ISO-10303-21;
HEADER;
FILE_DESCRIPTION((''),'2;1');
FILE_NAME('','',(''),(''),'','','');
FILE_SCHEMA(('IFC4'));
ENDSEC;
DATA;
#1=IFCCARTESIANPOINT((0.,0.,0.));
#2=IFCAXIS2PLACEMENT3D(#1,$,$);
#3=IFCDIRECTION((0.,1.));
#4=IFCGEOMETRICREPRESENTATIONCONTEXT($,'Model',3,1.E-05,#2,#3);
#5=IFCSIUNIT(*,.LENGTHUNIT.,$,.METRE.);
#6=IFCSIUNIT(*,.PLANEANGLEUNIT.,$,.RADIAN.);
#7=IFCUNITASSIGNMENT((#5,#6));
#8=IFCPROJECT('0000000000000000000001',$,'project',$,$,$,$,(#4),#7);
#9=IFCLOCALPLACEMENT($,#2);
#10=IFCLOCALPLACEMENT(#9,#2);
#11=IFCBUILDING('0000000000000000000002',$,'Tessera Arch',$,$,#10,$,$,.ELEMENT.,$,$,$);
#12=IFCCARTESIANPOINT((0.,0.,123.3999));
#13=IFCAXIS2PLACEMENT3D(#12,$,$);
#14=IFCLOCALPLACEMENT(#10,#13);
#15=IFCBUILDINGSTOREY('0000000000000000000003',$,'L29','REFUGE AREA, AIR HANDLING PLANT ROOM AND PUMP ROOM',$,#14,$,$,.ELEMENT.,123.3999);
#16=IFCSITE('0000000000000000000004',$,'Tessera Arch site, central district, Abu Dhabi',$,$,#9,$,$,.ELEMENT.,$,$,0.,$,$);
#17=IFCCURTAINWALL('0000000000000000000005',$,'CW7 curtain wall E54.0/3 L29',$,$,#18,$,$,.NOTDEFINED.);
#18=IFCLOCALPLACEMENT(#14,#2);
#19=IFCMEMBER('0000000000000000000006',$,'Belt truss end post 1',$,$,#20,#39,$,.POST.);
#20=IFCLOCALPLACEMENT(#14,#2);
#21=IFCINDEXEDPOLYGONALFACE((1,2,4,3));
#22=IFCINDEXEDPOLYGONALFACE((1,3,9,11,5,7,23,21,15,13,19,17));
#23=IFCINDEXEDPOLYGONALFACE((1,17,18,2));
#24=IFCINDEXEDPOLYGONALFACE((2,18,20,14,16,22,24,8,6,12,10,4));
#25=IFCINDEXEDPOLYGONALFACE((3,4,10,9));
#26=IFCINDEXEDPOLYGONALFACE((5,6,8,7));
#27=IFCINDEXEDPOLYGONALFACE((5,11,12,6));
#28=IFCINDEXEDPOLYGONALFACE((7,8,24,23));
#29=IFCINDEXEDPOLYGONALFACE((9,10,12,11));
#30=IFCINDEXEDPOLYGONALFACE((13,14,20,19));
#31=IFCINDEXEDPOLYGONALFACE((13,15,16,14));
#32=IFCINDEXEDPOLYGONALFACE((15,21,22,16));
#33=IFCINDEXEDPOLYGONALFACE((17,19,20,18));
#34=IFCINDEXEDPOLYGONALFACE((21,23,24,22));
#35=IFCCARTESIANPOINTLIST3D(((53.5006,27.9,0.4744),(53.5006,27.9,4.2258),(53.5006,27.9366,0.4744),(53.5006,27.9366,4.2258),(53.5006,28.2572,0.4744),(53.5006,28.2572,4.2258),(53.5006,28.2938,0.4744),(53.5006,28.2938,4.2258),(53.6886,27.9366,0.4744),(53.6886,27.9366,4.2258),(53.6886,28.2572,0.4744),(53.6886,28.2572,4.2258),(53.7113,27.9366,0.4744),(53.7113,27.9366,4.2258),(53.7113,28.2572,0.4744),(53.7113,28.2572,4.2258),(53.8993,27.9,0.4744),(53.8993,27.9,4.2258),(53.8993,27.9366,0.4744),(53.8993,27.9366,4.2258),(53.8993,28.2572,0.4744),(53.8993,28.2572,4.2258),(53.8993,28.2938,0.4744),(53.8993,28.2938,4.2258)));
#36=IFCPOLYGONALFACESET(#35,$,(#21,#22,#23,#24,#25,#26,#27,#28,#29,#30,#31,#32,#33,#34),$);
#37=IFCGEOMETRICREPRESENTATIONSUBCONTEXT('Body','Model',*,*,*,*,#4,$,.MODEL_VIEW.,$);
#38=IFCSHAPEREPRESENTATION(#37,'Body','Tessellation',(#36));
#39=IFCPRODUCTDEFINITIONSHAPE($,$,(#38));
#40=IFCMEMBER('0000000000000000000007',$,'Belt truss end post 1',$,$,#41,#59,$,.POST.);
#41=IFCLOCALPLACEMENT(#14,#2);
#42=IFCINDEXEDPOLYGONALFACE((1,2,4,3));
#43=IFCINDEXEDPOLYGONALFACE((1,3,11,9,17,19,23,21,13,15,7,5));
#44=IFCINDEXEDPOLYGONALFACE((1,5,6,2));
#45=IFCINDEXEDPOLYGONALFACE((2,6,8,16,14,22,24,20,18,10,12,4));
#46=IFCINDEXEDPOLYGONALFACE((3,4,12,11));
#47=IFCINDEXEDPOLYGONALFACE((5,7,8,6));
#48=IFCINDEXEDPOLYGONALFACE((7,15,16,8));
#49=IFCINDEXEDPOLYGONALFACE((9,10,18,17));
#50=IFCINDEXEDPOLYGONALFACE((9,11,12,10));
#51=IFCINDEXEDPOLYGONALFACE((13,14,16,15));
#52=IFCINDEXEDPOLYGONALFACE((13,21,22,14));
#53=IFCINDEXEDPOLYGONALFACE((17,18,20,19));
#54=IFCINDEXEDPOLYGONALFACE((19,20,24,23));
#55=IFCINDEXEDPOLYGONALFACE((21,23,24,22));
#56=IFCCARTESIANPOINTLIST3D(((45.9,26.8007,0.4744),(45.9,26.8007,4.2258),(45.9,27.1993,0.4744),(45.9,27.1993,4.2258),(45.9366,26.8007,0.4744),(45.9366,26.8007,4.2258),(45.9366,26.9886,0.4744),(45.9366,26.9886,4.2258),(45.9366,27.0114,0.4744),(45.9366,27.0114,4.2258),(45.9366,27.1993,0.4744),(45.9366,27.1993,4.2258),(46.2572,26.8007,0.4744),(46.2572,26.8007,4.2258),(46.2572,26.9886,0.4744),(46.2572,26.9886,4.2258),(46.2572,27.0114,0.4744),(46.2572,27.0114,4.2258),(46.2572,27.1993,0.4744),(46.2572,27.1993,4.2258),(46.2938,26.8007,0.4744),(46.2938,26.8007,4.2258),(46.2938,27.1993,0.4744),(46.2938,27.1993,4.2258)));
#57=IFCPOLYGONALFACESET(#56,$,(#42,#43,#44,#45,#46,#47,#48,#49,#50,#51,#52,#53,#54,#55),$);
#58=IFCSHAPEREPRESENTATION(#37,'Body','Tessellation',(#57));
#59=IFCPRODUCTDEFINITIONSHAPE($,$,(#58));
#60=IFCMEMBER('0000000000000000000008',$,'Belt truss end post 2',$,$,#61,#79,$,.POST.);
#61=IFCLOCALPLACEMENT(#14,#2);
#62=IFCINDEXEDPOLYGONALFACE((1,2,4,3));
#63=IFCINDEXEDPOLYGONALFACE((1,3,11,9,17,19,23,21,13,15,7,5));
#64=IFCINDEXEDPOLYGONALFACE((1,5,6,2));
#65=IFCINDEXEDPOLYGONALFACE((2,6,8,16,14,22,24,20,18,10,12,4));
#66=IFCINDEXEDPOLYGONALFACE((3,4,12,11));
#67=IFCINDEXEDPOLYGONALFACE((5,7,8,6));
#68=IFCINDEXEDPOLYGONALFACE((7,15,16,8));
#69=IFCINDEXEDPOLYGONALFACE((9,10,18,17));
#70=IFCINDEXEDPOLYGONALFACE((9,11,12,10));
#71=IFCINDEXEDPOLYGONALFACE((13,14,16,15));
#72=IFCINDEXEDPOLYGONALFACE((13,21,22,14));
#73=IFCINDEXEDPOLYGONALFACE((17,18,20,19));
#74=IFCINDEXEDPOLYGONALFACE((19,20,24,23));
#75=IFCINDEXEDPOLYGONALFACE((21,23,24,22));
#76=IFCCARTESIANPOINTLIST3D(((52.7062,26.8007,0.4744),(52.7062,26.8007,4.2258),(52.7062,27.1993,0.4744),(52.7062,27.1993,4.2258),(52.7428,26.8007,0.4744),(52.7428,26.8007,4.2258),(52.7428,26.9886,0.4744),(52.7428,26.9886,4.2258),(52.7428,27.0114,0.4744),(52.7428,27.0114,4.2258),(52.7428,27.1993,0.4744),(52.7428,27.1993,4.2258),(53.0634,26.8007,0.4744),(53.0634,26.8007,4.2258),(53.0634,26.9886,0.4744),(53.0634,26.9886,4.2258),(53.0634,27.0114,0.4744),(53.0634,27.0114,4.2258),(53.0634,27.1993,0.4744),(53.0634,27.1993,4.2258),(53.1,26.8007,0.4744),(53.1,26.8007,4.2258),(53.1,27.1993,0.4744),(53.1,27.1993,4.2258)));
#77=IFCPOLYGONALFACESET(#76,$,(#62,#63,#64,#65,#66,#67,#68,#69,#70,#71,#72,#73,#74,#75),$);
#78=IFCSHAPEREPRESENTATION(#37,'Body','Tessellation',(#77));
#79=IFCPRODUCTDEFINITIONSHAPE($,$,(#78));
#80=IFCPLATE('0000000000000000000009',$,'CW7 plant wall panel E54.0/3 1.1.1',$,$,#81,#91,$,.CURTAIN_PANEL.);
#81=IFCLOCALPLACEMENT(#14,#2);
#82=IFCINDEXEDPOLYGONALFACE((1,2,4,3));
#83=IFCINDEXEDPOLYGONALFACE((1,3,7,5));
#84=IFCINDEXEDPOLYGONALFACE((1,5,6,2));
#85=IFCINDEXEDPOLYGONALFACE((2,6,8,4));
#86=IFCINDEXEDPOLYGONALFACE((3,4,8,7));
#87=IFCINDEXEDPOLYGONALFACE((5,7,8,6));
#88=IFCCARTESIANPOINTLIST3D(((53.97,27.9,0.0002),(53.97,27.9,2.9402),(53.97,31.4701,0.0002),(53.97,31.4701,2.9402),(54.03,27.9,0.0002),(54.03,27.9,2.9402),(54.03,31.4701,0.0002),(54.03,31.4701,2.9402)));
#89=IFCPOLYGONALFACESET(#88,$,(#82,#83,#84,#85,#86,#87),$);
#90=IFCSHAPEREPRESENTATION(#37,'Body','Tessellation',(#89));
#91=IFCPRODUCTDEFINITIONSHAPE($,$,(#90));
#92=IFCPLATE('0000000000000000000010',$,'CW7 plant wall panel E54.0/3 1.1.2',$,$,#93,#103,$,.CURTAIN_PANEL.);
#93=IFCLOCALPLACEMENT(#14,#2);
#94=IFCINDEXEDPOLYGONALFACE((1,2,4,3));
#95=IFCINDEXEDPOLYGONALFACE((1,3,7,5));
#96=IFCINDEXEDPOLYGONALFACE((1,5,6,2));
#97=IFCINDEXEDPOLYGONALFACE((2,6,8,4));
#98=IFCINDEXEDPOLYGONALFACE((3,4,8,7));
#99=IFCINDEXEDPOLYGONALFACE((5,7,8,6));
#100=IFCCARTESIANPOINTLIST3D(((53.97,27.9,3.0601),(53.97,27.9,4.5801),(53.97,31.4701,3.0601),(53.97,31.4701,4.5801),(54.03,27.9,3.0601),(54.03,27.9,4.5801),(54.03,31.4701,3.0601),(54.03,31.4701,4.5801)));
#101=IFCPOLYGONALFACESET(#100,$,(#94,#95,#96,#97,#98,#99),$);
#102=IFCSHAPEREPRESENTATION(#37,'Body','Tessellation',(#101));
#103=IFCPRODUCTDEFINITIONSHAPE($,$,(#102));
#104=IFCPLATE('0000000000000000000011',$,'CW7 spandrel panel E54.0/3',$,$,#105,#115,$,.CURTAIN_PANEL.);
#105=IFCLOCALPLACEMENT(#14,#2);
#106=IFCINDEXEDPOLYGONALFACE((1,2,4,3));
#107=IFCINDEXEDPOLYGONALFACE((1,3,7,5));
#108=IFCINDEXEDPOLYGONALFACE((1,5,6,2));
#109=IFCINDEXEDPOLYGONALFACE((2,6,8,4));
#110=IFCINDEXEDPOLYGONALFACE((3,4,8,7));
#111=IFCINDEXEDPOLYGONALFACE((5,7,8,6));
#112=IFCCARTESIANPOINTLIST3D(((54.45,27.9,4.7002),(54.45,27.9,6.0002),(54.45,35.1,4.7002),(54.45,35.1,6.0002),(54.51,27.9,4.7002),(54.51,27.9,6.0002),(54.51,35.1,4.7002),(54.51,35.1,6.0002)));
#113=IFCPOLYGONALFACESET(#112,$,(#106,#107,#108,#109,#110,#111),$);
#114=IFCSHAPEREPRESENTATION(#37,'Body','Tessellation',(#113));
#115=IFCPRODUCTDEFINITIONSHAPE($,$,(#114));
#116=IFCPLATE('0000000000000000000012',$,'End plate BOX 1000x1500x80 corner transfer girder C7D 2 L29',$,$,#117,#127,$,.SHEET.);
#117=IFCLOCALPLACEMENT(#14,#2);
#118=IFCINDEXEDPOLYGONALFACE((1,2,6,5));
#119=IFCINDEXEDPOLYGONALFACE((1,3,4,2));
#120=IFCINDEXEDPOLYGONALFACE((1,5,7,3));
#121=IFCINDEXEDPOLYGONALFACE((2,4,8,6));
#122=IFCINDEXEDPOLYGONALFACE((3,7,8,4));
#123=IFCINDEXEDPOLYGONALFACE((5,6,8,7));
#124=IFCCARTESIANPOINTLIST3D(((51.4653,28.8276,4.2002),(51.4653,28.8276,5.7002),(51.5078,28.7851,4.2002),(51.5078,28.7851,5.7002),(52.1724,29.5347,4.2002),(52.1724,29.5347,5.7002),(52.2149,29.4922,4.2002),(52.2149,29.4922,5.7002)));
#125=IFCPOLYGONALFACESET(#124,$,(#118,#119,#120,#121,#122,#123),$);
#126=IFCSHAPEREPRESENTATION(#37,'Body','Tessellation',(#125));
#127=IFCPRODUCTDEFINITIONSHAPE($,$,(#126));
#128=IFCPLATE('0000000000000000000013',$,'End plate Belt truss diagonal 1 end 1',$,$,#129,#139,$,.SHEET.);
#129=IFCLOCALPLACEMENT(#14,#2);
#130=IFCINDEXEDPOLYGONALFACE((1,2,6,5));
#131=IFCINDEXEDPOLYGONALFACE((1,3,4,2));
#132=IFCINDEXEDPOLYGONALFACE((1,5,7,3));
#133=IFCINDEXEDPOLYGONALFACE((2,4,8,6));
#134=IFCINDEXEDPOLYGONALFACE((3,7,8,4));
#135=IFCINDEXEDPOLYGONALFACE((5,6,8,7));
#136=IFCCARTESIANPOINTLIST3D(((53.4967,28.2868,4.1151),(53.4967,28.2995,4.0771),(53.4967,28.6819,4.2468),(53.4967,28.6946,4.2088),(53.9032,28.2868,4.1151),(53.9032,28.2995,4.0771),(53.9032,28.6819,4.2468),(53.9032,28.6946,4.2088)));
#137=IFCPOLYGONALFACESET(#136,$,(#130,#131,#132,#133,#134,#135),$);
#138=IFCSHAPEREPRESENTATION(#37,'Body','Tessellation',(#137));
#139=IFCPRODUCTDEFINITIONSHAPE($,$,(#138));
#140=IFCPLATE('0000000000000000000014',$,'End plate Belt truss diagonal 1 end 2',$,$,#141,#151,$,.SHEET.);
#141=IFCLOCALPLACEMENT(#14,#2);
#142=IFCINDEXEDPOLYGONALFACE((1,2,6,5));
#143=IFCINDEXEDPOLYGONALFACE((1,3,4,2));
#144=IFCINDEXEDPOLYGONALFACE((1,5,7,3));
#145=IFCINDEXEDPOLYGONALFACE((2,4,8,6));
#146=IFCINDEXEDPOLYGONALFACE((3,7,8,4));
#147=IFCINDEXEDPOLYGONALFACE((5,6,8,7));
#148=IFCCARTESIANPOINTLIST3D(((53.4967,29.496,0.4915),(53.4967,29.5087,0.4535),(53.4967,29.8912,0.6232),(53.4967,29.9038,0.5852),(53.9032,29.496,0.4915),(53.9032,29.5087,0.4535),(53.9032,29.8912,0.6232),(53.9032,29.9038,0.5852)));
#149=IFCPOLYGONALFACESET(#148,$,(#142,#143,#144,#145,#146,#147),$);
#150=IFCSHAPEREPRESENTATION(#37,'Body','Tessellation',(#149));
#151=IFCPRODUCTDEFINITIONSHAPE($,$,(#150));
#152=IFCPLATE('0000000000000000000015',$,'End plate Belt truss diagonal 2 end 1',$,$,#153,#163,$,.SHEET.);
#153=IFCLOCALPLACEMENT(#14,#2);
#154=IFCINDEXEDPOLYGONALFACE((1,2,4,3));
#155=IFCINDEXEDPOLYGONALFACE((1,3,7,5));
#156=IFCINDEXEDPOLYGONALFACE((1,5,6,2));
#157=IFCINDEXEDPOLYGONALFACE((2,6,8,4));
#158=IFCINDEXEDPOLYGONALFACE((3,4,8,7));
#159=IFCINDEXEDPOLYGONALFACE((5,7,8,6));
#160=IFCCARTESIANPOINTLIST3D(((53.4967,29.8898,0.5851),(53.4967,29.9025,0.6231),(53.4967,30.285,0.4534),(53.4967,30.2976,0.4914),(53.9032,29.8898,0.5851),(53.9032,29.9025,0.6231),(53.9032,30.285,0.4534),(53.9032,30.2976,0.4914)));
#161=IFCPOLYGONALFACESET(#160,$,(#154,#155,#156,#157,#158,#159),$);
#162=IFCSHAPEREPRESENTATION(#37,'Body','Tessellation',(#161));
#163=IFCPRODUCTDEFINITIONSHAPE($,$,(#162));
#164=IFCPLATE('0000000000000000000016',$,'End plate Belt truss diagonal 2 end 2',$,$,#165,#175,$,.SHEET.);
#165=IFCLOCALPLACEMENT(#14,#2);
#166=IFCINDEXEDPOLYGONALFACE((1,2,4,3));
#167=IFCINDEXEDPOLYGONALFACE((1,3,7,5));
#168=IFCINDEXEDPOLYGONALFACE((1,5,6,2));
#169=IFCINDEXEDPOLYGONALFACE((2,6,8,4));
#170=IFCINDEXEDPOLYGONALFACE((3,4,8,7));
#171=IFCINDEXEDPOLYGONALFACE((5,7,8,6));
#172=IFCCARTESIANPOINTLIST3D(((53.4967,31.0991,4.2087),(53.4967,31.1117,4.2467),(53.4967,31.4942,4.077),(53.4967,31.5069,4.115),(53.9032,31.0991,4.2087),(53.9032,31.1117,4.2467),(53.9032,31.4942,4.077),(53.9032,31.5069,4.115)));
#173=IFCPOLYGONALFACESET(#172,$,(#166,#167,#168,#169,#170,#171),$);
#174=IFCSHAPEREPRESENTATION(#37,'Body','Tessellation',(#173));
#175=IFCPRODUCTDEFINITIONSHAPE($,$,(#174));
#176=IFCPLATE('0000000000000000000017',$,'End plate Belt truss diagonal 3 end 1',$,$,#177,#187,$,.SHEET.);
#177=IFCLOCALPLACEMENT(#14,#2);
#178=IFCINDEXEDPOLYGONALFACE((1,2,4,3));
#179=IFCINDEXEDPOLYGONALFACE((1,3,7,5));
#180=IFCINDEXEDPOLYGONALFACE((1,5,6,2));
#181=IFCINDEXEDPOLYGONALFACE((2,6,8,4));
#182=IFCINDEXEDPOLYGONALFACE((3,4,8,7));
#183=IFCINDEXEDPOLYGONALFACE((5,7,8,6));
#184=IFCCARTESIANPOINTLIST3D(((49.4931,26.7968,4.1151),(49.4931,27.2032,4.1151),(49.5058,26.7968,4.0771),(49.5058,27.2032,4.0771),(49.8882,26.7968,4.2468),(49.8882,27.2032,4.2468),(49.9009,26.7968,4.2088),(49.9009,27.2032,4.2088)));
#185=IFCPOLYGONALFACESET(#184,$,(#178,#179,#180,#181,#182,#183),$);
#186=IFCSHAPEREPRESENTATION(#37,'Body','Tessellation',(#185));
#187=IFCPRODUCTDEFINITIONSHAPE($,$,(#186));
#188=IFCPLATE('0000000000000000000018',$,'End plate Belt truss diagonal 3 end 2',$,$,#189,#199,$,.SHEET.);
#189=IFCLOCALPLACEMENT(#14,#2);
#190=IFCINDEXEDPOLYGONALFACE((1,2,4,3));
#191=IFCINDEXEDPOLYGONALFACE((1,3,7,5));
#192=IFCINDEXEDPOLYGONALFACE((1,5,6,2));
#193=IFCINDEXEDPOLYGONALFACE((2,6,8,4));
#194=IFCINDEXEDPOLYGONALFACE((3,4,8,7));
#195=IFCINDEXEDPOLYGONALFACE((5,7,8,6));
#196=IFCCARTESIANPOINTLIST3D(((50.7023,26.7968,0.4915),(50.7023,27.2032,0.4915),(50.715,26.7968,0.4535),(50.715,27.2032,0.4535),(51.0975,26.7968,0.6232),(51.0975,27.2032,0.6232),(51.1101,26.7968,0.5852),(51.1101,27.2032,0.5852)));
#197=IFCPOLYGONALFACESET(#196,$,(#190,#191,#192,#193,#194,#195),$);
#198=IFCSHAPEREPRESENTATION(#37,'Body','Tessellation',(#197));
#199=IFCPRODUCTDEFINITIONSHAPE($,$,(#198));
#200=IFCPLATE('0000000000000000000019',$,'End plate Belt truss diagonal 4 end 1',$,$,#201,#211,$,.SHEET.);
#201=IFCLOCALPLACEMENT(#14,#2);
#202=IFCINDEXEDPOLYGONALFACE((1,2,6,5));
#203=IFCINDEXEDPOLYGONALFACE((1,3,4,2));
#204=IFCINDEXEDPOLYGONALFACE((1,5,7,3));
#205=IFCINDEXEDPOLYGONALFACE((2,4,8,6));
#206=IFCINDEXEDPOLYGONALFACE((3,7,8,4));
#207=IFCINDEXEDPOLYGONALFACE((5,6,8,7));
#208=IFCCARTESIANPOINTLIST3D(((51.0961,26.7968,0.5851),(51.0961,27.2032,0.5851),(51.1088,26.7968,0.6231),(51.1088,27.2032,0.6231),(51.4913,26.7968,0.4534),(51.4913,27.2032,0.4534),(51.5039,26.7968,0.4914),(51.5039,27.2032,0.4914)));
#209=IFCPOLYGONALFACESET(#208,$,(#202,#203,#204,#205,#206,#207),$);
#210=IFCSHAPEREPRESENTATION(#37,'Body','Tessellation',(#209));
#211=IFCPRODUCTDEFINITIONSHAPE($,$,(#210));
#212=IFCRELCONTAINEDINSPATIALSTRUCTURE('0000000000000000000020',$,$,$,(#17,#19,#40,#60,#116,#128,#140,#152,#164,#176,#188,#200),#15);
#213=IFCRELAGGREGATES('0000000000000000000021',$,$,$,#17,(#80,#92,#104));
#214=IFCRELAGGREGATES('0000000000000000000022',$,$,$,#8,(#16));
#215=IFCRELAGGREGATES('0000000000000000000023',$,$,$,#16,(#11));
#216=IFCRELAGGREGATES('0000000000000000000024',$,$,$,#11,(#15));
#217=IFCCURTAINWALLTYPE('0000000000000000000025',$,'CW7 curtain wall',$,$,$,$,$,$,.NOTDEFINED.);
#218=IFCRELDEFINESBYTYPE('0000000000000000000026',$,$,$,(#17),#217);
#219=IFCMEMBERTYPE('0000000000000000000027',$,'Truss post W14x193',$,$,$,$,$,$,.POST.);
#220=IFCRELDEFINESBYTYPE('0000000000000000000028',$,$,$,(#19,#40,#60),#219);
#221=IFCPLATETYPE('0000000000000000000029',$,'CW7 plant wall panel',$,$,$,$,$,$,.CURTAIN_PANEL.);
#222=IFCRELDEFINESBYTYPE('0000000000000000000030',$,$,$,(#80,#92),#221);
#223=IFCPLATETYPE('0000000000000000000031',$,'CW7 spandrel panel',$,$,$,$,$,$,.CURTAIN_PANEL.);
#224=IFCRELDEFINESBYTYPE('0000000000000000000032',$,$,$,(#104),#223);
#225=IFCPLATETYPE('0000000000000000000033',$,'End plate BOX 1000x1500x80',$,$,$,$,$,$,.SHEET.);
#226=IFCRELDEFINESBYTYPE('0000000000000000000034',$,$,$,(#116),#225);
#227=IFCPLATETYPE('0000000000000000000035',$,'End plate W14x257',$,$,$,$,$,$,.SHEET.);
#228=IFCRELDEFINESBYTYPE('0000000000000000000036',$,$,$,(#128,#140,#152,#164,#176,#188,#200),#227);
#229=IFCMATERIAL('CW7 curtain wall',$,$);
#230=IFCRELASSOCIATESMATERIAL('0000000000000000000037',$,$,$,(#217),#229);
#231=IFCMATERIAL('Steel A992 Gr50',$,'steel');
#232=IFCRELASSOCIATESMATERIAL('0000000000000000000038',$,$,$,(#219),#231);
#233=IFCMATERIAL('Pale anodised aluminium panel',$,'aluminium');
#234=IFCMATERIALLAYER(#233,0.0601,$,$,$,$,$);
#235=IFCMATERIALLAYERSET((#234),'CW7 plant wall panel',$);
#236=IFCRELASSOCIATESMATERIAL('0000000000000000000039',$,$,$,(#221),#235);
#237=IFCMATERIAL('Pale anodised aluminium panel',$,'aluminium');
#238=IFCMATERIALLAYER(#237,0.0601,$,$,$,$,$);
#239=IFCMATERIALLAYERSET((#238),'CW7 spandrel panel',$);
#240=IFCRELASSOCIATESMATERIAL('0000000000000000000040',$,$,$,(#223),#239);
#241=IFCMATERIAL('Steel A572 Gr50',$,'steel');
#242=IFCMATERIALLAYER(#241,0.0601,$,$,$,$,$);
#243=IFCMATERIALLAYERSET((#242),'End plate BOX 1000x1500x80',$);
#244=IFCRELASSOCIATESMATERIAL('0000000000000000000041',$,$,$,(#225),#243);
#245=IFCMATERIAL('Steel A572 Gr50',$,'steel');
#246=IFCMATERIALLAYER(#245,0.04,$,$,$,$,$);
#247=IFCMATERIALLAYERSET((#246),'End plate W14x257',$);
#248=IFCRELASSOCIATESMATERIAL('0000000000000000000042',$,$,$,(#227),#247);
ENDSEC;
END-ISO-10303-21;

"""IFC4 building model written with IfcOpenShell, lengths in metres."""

from ifc_helpers import new_model, si_unit, direction, frame, origin, origin_2d, place, context, subcontext, project, spatial, rectangle, i_section, extrude, material, layer, layer_set, material_profile, profile_set, type_object, element, aggregate, save


model = new_model("IFC4")

# Units and contexts
model_context = context("Model", 3, precision=1e-05, world=origin(), true_north=direction((0.0, 1.0)))
body_context = subcontext(model_context, "Body", "Model", "MODEL_VIEW")
ifc_project = project(units=[si_unit("LENGTHUNIT", "METRE"), si_unit("PLANEANGLEUNIT", "RADIAN")], contexts=[model_context])

# Site, building, storey
site_placement = place(None, origin())
site = spatial("IfcSite", under=ifc_project, at=site_placement, Name="Tessera Arch site, central district, Abu Dhabi", CompositionType="ELEMENT", RefElevation=0.0)
building_placement = place(site_placement, origin())
building = spatial("IfcBuilding", under=site, at=building_placement, Name="Tessera Arch", CompositionType="ELEMENT")
storey_placement = place(building_placement, frame((0.0, 0.0, 123.3999)))
storey = spatial("IfcBuildingStorey", under=building, at=storey_placement, Name="L29", Description="REFUGE AREA, AIR HANDLING PLANT ROOM AND PUMP ROOM", CompositionType="ELEMENT", Elevation=123.3999)

# Curtain wall
ifc_material_1 = material(Name="CW7 curtain wall")
curtain_wall_type = type_object("IfcCurtainWallType", Name="CW7 curtain wall", PredefinedType="NOTDEFINED", material=ifc_material_1)
curtain_wall_placement = place(storey_placement, origin())
curtain_wall = element("IfcCurtainWall", 1, at=curtain_wall_placement, inside=storey, type_object=curtain_wall_type, Name="CW7 curtain wall E54.0/3 L29", PredefinedType="NOTDEFINED")

# Members
ifc_material_2 = material(Name="Steel A992 Gr50", Category="steel")
ifc_material_profile_1 = material_profile(ifc_material_2, i_section(OverallWidth=0.3987, OverallDepth=0.3938, WebThickness=0.0227, FlangeThickness=0.0366, at=origin_2d()), Name="W14x193")
ifc_profile_set_1 = profile_set([ifc_material_profile_1], Name="Steel A992 Gr50")
member_type_1 = type_object("IfcMemberType", Name="Truss post W14x193", PredefinedType="POST", material=ifc_profile_set_1)
for number, where, z_axis, x_axis, name in (
    (2, (53.7, 28.0969, 0.4744), (0.0, 0.0, 1.0), (1.0, 0.0, 0.0), "Belt truss end post 1"),
    (3, (46.0969, 27.0, 0.4744), (0.0, 0.0, 1.0), (0.0, 1.0, 0.0), "Belt truss end post 1"),
    (4, (52.9031, 27.0, 0.4744), (0.0, 0.0, 1.0), (0.0, 1.0, 0.0), "Belt truss end post 2"),
):
    element("IfcMember", number, at=place(storey_placement, frame(where, z_axis=z_axis, x_axis=x_axis)), inside=storey, type_object=member_type_1, Name=name, PredefinedType="POST", context=body_context, shape_type="SweptSolid", body=[
        extrude(i_section(OverallWidth=0.3987, OverallDepth=0.3938, WebThickness=0.0227, FlangeThickness=0.0366, at=origin_2d()), origin(), (0.0, 0.0, 1.0), 3.7515),
    ])

# Plates
ifc_material_3 = material(Name="Pale anodised aluminium panel", Category="aluminium")
ifc_layer_1 = layer(ifc_material_3, 0.0601)
ifc_layer_set_1 = layer_set([ifc_layer_1], Name="CW7 plant wall panel")
plate_type_1 = type_object("IfcPlateType", Name="CW7 plant wall panel", PredefinedType="CURTAIN_PANEL", material=ifc_layer_set_1)
plate_1_placement = place(storey_placement, frame((54.0, 29.6851, 0.0002), z_axis=(0.0, 0.0, 1.0), x_axis=(0.0, 1.0, 0.0)))
plate_1 = element("IfcPlate", 5, at=plate_1_placement, type_object=plate_type_1, Name="CW7 plant wall panel E54.0/3 1.1.1", PredefinedType="CURTAIN_PANEL", context=body_context, shape_type="SweptSolid", body=[
    extrude(rectangle(XDim=3.5701, YDim=0.0601, at=origin_2d()), origin(), (0.0, 0.0, 1.0), 2.9399),
])
plate_2_placement = place(storey_placement, frame((54.0, 29.6851, 3.0601), z_axis=(0.0, 0.0, 1.0), x_axis=(0.0, 1.0, 0.0)))
plate_2 = element("IfcPlate", 6, at=plate_2_placement, type_object=plate_type_1, Name="CW7 plant wall panel E54.0/3 1.1.2", PredefinedType="CURTAIN_PANEL", context=body_context, shape_type="SweptSolid", body=[
    extrude(rectangle(XDim=3.5701, YDim=0.0601, at=origin_2d()), origin(), (0.0, 0.0, 1.0), 1.52),
])
ifc_material_4 = material(Name="Pale anodised aluminium panel", Category="aluminium")
ifc_layer_2 = layer(ifc_material_4, 0.0601)
ifc_layer_set_2 = layer_set([ifc_layer_2], Name="CW7 spandrel panel")
plate_type_2 = type_object("IfcPlateType", Name="CW7 spandrel panel", PredefinedType="CURTAIN_PANEL", material=ifc_layer_set_2)
plate_3_placement = place(storey_placement, frame((54.48, 31.5, 4.7002), z_axis=(0.0, 0.0, 1.0), x_axis=(0.0, 1.0, 0.0)))
plate_3 = element("IfcPlate", 7, at=plate_3_placement, type_object=plate_type_2, Name="CW7 spandrel panel E54.0/3", PredefinedType="CURTAIN_PANEL", context=body_context, shape_type="SweptSolid", body=[
    extrude(rectangle(XDim=7.2, YDim=0.0601, at=origin_2d()), origin(), (0.0, 0.0, 1.0), 1.3),
])
aggregate(curtain_wall, [plate_1, plate_2, plate_3])

# Plates
ifc_material_5 = material(Name="Steel A572 Gr50", Category="steel")
ifc_layer_3 = layer(ifc_material_5, 0.0601)
ifc_layer_set_3 = layer_set([ifc_layer_3], Name="End plate BOX 1000x1500x80")
plate_type_3 = type_object("IfcPlateType", Name="End plate BOX 1000x1500x80", PredefinedType="SHEET", material=ifc_layer_set_3)
plate_4_placement = place(storey_placement, frame((51.8613, 29.1387, 4.9502), z_axis=(-0.707107, 0.707107, 0.0), x_axis=(-0.707107, -0.707107, 0.0)))
element("IfcPlate", 8, at=plate_4_placement, inside=storey, type_object=plate_type_3, Name="End plate BOX 1000x1500x80 corner transfer girder C7D 2 L29", PredefinedType="SHEET", context=body_context, shape_type="SweptSolid", body=[
    extrude(rectangle(XDim=1.0, YDim=1.5, at=origin_2d()), origin(), (0.0, 0.0, 1.0), 0.0601),
])
ifc_material_6 = material(Name="Steel A572 Gr50", Category="steel")
ifc_layer_4 = layer(ifc_material_6, 0.04)
ifc_layer_set_4 = layer_set([ifc_layer_4], Name="End plate W14x257")
plate_type_4 = type_object("IfcPlateType", Name="End plate W14x257", PredefinedType="SHEET", material=ifc_layer_set_4)
for number, where, z_axis, x_axis, name in (
    (9, (53.7, 28.4844, 4.1809), (0.0, 0.316228, -0.948683), (-1.0, 0.0, 0.0), "End plate Belt truss diagonal 1 end 1"),
    (10, (53.7, 29.6936, 0.5574), (0.0, 0.316228, -0.948683), (-1.0, 0.0, 0.0), "End plate Belt truss diagonal 1 end 2"),
    (11, (53.7, 30.0874, 0.5193), (0.0, 0.316228, 0.948683), (-1.0, 0.0, 0.0), "End plate Belt truss diagonal 2 end 1"),
    (12, (53.7, 31.2966, 4.1428), (0.0, 0.316228, 0.948683), (-1.0, 0.0, 0.0), "End plate Belt truss diagonal 2 end 2"),
    (13, (49.6907, 27.0, 4.1809), (0.316228, 0.0, -0.948683), (0.0, 1.0, 0.0), "End plate Belt truss diagonal 3 end 1"),
    (14, (50.8999, 27.0, 0.5574), (0.316228, 0.0, -0.948683), (0.0, 1.0, 0.0), "End plate Belt truss diagonal 3 end 2"),
    (15, (51.2937, 27.0, 0.5193), (0.316228, 0.0, 0.948683), (0.0, 1.0, 0.0), "End plate Belt truss diagonal 4 end 1"),
):
    element("IfcPlate", number, at=place(storey_placement, frame(where, z_axis=z_axis, x_axis=x_axis)), inside=storey, type_object=plate_type_4, Name=name, PredefinedType="SHEET", context=body_context, shape_type="SweptSolid", body=[
        extrude(rectangle(XDim=0.4065, YDim=0.4165, at=origin_2d()), origin(), (0.0, 0.0, 1.0), 0.04),
    ])

save(model, "model.ifc")
